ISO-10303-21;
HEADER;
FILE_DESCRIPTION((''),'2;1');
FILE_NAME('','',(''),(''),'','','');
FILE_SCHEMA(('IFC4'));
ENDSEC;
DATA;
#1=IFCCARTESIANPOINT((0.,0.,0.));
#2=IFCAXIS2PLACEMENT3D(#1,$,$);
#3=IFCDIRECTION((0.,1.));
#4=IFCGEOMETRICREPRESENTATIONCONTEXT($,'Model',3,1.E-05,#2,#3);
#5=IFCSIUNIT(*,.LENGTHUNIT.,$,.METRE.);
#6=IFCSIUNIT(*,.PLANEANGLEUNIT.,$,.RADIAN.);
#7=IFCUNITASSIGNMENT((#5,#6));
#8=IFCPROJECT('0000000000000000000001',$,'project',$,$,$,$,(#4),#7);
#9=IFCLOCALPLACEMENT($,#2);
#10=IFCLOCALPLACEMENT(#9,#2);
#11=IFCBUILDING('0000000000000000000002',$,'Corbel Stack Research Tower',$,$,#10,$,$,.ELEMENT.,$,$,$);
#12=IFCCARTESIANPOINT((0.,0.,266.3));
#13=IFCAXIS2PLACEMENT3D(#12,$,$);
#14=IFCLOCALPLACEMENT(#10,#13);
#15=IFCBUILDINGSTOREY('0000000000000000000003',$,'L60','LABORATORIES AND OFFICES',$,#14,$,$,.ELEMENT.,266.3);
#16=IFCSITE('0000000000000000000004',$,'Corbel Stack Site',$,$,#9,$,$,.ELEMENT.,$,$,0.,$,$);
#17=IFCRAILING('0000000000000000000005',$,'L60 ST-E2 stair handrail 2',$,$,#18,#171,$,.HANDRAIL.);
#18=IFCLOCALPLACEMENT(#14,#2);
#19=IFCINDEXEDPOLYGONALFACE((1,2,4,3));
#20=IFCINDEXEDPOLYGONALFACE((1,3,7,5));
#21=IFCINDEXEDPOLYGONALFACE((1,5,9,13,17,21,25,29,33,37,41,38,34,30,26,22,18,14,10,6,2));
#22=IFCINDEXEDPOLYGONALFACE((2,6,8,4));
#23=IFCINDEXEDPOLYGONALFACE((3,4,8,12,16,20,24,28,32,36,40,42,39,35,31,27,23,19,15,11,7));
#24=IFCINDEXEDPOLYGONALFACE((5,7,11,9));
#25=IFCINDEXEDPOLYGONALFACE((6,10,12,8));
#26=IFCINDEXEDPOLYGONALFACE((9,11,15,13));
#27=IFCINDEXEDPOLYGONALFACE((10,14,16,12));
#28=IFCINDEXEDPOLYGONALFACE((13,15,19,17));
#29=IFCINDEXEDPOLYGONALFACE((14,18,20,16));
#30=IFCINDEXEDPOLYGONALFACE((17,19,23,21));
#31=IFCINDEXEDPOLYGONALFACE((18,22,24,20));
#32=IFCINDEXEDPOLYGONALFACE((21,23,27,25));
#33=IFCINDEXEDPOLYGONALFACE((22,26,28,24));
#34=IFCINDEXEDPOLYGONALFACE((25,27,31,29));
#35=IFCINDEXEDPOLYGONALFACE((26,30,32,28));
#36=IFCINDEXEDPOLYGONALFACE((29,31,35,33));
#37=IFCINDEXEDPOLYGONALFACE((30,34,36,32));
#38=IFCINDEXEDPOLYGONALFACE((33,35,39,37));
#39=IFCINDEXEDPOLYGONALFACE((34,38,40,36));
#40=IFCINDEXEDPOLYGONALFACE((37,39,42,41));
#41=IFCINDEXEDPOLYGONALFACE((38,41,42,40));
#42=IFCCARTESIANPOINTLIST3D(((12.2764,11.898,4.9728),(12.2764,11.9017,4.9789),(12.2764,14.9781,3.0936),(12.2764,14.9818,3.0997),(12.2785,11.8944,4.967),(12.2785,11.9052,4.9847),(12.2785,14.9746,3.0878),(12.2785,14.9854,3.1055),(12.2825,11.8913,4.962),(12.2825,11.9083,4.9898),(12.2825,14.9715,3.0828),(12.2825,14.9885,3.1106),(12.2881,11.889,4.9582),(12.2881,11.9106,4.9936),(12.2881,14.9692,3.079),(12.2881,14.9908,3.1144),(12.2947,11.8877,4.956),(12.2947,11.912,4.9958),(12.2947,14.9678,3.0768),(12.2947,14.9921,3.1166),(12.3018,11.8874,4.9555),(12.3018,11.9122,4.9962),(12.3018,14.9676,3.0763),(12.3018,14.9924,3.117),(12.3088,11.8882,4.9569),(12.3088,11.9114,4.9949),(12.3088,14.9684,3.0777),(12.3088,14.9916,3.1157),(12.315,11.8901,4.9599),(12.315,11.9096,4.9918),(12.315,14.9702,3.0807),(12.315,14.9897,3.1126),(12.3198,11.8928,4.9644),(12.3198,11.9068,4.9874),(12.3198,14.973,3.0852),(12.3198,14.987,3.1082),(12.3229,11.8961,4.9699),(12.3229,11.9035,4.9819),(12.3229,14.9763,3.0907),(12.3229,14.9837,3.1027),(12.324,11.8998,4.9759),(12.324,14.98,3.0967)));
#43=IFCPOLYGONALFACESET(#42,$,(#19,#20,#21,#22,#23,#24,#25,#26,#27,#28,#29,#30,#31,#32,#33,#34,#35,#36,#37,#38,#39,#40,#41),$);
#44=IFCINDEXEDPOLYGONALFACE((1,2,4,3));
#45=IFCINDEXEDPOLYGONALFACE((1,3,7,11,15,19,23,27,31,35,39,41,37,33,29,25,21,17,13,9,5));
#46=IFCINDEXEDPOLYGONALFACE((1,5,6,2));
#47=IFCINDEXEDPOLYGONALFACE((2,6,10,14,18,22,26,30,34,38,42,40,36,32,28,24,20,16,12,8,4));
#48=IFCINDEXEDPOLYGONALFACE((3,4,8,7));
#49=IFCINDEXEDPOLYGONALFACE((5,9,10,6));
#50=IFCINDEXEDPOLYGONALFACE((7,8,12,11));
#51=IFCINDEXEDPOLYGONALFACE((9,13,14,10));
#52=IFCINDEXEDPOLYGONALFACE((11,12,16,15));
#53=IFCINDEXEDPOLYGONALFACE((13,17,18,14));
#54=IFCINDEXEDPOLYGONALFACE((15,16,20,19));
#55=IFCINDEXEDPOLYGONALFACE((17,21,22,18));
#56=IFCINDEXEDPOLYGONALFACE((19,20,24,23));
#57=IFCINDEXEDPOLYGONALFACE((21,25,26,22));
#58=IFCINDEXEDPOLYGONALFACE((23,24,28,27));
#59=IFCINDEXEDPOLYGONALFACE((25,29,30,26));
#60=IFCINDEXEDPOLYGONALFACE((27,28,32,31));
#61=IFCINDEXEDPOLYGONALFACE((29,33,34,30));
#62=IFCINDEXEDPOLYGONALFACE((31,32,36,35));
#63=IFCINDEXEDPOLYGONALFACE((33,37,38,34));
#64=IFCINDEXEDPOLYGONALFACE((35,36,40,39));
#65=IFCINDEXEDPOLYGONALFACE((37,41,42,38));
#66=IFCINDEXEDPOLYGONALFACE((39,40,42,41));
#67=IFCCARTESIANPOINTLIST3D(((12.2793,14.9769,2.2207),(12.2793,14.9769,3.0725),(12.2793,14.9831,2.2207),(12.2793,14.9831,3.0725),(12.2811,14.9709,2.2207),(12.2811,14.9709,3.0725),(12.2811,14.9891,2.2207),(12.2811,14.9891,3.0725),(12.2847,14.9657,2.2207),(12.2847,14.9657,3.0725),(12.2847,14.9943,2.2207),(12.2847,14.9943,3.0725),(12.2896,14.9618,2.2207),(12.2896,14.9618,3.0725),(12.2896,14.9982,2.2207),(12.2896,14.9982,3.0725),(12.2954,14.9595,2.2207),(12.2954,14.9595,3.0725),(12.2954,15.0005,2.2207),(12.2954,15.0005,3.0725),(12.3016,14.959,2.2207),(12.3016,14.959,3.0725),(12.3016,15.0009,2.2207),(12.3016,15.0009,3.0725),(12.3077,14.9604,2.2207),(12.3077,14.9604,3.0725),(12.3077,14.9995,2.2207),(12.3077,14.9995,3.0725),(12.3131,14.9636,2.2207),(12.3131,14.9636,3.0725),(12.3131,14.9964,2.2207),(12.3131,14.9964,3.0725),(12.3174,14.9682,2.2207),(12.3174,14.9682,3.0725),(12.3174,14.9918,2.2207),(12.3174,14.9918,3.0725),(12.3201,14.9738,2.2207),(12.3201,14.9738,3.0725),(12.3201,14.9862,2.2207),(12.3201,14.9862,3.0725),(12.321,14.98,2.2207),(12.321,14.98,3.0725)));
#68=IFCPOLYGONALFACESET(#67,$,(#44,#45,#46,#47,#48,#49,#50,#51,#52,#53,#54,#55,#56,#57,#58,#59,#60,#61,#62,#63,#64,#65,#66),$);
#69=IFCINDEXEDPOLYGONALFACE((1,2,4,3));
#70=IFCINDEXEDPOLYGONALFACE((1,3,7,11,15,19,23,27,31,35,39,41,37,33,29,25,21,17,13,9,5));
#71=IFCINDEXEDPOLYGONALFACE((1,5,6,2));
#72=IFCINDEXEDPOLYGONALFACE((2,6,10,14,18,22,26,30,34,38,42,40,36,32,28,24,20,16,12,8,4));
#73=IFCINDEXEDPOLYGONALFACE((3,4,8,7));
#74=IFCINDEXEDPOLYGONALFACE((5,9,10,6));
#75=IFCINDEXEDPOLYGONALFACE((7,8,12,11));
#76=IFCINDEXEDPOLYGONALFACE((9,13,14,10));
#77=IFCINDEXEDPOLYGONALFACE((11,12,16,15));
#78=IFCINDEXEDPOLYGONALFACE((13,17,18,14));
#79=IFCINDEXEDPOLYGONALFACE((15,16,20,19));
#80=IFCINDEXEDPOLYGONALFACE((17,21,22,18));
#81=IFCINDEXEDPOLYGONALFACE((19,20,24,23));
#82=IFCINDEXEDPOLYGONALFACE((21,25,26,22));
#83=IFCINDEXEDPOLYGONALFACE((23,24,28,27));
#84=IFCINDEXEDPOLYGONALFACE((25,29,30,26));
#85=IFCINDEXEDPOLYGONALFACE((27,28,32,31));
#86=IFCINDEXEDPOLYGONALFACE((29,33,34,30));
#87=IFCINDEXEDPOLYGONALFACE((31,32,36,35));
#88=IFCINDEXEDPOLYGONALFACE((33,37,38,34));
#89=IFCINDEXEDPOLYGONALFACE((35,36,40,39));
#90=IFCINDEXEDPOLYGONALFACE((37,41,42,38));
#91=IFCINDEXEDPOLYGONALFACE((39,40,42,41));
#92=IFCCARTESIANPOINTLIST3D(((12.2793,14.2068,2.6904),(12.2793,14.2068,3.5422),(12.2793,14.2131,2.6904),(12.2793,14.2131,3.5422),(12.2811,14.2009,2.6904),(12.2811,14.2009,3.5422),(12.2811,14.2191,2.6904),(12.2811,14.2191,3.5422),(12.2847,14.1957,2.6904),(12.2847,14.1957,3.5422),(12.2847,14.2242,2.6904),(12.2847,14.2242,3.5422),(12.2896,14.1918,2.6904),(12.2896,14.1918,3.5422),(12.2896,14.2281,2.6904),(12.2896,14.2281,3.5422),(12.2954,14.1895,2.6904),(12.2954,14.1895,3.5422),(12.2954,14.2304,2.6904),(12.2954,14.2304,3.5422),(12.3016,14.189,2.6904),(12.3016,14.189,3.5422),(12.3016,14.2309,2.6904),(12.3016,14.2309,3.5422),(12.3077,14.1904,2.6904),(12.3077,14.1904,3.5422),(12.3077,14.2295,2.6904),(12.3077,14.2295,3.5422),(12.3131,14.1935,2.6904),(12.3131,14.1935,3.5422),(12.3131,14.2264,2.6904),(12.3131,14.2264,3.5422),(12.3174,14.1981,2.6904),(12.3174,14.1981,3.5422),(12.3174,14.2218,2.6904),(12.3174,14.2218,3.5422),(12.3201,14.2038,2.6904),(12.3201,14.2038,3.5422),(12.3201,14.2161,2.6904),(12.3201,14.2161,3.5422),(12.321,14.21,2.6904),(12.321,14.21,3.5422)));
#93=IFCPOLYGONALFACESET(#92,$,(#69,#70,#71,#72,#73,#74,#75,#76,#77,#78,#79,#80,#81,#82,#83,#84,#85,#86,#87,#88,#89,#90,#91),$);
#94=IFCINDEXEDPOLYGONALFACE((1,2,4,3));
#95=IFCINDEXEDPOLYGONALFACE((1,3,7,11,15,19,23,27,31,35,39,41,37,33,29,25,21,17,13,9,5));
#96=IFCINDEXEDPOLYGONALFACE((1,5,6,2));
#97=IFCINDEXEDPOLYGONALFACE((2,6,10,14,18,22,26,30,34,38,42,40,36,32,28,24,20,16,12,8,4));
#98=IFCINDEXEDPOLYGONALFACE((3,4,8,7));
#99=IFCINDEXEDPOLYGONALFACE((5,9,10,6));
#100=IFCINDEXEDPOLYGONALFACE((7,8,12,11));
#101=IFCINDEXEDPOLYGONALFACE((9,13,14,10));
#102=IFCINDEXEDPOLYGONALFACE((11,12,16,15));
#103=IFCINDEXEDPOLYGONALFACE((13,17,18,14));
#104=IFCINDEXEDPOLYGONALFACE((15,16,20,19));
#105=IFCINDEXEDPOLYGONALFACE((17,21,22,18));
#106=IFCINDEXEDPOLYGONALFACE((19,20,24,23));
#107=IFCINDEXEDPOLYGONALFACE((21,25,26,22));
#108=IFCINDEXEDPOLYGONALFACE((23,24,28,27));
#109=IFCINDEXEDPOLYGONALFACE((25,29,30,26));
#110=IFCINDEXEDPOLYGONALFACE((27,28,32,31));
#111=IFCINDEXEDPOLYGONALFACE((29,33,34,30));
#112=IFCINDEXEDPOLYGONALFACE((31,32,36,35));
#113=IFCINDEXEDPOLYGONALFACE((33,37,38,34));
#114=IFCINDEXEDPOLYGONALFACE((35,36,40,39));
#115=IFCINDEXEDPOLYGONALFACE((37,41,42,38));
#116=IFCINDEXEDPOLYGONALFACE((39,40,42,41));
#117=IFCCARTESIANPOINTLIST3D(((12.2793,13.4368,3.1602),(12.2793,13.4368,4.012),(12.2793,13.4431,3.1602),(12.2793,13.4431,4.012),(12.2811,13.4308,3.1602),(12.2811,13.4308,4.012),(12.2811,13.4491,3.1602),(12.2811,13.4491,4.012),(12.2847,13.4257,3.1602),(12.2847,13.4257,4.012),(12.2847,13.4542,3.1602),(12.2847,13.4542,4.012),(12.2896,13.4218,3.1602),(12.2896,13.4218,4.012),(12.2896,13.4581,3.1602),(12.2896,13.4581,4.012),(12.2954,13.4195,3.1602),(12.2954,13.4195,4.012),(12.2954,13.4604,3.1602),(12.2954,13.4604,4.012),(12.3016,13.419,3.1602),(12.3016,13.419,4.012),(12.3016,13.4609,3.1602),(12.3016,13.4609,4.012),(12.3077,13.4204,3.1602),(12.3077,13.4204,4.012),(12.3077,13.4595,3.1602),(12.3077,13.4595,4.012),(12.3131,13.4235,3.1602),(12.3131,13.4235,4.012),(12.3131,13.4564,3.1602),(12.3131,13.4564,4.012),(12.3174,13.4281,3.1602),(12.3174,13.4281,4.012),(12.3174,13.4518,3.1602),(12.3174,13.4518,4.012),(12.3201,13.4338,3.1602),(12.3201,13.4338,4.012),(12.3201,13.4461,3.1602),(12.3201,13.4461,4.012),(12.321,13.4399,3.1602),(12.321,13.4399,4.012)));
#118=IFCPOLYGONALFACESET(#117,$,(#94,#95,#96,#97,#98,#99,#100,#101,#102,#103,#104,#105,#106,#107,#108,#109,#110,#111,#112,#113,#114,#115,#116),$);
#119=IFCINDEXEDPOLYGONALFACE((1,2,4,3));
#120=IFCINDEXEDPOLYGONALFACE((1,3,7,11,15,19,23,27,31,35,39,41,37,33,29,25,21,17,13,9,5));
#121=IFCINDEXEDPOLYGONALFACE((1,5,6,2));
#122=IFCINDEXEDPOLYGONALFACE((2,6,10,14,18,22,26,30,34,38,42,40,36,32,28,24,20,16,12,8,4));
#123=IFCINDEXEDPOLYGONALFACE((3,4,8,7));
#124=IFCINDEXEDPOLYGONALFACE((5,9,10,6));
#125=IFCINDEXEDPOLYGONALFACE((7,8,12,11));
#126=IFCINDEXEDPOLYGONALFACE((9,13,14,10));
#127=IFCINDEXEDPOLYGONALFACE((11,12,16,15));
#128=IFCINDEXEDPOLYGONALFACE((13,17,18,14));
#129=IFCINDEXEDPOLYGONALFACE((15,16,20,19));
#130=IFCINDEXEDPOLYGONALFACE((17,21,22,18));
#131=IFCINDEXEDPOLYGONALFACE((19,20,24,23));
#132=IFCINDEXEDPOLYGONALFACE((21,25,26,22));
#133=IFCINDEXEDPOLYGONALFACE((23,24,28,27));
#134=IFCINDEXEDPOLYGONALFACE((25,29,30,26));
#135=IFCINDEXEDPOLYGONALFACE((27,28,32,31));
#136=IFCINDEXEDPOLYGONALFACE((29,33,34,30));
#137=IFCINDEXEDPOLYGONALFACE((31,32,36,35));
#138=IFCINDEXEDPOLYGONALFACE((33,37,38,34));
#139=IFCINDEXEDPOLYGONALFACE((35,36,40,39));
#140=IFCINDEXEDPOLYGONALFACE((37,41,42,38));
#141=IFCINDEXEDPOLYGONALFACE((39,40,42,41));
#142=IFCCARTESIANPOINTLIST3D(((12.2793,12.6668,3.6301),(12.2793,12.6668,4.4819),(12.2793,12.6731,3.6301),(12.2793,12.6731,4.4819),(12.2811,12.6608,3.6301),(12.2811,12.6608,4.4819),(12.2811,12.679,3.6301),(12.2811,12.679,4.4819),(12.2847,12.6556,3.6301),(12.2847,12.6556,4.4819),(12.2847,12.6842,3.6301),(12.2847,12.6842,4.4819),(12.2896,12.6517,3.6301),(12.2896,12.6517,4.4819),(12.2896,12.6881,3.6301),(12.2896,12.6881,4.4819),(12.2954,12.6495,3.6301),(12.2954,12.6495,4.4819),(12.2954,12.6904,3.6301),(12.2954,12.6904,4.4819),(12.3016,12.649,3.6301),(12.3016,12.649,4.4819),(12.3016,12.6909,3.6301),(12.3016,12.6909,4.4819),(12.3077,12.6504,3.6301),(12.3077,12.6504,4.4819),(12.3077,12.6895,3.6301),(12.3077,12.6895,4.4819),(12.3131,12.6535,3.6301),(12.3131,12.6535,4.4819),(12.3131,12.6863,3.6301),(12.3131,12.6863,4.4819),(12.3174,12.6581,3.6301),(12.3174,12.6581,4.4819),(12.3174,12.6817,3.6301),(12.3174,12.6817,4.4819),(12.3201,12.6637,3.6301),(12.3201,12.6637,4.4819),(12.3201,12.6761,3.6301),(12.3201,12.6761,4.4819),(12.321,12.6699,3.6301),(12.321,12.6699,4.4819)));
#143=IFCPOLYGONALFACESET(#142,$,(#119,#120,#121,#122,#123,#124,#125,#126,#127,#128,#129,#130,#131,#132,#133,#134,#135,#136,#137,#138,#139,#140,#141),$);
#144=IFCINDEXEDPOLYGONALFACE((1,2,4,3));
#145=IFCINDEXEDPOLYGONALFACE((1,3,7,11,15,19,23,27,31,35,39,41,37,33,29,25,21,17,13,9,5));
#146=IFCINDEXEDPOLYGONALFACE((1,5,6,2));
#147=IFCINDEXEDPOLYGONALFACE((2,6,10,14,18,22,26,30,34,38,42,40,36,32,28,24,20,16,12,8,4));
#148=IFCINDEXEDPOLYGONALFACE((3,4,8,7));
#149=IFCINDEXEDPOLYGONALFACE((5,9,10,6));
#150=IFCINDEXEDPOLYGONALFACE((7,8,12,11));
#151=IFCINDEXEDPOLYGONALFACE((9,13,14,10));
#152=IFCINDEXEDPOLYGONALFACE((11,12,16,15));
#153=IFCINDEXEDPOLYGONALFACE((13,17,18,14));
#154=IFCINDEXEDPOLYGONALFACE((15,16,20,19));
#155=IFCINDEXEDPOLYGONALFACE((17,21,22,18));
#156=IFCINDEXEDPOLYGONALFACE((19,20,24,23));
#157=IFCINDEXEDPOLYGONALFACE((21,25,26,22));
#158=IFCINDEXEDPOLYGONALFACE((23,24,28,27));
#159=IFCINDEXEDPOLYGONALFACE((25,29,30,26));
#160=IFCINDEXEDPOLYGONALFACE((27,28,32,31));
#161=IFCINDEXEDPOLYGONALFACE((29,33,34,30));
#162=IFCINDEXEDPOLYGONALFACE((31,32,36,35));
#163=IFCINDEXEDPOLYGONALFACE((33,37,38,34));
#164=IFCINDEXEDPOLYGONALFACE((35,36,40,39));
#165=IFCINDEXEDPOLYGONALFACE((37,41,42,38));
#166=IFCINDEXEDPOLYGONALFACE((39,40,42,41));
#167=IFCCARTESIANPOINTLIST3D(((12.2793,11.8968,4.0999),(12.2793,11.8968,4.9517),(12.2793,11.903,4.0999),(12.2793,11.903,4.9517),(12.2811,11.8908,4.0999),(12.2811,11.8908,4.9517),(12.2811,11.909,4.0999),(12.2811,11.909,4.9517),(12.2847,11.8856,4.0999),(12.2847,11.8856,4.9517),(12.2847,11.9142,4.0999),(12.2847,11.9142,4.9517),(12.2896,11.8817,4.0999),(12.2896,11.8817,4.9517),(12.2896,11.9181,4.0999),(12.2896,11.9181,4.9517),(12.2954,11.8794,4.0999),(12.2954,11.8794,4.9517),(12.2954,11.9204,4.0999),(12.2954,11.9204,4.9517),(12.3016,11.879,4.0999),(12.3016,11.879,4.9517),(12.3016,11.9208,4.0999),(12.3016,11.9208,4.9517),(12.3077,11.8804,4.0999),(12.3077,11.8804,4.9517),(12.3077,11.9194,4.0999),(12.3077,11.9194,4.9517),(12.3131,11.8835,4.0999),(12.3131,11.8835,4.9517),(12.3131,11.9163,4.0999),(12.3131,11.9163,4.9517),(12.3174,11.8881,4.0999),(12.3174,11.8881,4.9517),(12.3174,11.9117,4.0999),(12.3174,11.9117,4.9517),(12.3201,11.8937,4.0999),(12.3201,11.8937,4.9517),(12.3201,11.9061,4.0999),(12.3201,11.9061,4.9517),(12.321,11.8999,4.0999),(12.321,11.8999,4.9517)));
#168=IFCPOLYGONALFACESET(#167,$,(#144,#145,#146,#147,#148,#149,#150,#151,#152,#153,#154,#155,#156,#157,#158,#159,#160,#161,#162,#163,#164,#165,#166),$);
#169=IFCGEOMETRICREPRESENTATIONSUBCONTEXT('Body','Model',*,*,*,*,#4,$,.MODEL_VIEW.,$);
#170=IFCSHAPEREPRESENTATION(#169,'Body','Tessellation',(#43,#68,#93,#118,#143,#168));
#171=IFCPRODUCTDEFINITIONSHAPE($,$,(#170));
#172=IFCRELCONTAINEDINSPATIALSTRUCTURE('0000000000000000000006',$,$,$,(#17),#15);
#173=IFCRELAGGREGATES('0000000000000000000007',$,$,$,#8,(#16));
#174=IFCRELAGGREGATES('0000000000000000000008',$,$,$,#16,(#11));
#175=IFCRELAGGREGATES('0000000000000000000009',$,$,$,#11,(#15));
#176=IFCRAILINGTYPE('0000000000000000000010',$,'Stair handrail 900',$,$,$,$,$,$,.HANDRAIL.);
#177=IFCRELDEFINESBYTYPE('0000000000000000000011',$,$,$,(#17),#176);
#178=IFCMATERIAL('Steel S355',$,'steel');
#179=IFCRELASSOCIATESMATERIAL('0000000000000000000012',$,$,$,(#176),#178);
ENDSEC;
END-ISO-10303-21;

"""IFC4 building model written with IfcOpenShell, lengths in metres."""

from ifc_helpers import new_model, si_unit, direction, frame, origin, origin_2d, place, context, subcontext, project, spatial, circle, extrude, material, type_object, element, save


model = new_model("IFC4")

# Units and contexts
model_context = context("Model", 3, precision=1e-05, world=origin(), true_north=direction((0.0, 1.0)))
body_context = subcontext(model_context, "Body", "Model", "MODEL_VIEW")
ifc_project = project(units=[si_unit("LENGTHUNIT", "METRE"), si_unit("PLANEANGLEUNIT", "RADIAN")], contexts=[model_context])

# Site, building, storey
site_placement = place(None, origin())
site = spatial("IfcSite", under=ifc_project, at=site_placement, Name="Corbel Stack Site", CompositionType="ELEMENT", RefElevation=0.0)
building_placement = place(site_placement, origin())
building = spatial("IfcBuilding", under=site, at=building_placement, Name="Corbel Stack Research Tower", CompositionType="ELEMENT")
storey_placement = place(building_placement, frame((0.0, 0.0, 266.3)))
storey = spatial("IfcBuildingStorey", under=building, at=storey_placement, Name="L60", Description="LABORATORIES AND OFFICES", CompositionType="ELEMENT", Elevation=266.3)

# Railing
ifc_material_1 = material(Name="Steel S355", Category="steel")
railing_type_1 = type_object("IfcRailingType", Name="Stair handrail 900", PredefinedType="HANDRAIL", material=ifc_material_1)
railing_1_placement = place(storey_placement, frame((12.3, 14.98, 2.2207)))
element("IfcRailing", 1, at=railing_1_placement, inside=storey, type_object=railing_type_1, Name="L60 ST-E2 stair handrail 2", PredefinedType="HANDRAIL", context=body_context, shape_type="SweptSolid", body=[
    extrude(circle(Radius=0.0239, at=origin_2d()), frame((0.0, 0.0, 0.876), z_axis=(0.0, -0.853666, 0.52082), x_axis=(1.0, 0.0, 0.0)), (0.0, 0.0, 1.0), 3.6082),
    extrude(circle(Radius=0.021, at=origin_2d()), origin(), (0.0, 0.0, 1.0), 0.8518),
    extrude(circle(Radius=0.021, at=origin_2d()), frame((0.0, -0.77, 0.4697)), (0.0, 0.0, 1.0), 0.8518),
    extrude(circle(Radius=0.021, at=origin_2d()), frame((0.0, -1.54, 0.9395)), (0.0, 0.0, 1.0), 0.8518),
    extrude(circle(Radius=0.021, at=origin_2d()), frame((0.0, -2.3101, 1.4094)), (0.0, 0.0, 1.0), 0.8518),
    extrude(circle(Radius=0.021, at=origin_2d()), frame((0.0, -3.0801, 1.8792)), (0.0, 0.0, 1.0), 0.8518),
])

save(model, "model.ifc")
